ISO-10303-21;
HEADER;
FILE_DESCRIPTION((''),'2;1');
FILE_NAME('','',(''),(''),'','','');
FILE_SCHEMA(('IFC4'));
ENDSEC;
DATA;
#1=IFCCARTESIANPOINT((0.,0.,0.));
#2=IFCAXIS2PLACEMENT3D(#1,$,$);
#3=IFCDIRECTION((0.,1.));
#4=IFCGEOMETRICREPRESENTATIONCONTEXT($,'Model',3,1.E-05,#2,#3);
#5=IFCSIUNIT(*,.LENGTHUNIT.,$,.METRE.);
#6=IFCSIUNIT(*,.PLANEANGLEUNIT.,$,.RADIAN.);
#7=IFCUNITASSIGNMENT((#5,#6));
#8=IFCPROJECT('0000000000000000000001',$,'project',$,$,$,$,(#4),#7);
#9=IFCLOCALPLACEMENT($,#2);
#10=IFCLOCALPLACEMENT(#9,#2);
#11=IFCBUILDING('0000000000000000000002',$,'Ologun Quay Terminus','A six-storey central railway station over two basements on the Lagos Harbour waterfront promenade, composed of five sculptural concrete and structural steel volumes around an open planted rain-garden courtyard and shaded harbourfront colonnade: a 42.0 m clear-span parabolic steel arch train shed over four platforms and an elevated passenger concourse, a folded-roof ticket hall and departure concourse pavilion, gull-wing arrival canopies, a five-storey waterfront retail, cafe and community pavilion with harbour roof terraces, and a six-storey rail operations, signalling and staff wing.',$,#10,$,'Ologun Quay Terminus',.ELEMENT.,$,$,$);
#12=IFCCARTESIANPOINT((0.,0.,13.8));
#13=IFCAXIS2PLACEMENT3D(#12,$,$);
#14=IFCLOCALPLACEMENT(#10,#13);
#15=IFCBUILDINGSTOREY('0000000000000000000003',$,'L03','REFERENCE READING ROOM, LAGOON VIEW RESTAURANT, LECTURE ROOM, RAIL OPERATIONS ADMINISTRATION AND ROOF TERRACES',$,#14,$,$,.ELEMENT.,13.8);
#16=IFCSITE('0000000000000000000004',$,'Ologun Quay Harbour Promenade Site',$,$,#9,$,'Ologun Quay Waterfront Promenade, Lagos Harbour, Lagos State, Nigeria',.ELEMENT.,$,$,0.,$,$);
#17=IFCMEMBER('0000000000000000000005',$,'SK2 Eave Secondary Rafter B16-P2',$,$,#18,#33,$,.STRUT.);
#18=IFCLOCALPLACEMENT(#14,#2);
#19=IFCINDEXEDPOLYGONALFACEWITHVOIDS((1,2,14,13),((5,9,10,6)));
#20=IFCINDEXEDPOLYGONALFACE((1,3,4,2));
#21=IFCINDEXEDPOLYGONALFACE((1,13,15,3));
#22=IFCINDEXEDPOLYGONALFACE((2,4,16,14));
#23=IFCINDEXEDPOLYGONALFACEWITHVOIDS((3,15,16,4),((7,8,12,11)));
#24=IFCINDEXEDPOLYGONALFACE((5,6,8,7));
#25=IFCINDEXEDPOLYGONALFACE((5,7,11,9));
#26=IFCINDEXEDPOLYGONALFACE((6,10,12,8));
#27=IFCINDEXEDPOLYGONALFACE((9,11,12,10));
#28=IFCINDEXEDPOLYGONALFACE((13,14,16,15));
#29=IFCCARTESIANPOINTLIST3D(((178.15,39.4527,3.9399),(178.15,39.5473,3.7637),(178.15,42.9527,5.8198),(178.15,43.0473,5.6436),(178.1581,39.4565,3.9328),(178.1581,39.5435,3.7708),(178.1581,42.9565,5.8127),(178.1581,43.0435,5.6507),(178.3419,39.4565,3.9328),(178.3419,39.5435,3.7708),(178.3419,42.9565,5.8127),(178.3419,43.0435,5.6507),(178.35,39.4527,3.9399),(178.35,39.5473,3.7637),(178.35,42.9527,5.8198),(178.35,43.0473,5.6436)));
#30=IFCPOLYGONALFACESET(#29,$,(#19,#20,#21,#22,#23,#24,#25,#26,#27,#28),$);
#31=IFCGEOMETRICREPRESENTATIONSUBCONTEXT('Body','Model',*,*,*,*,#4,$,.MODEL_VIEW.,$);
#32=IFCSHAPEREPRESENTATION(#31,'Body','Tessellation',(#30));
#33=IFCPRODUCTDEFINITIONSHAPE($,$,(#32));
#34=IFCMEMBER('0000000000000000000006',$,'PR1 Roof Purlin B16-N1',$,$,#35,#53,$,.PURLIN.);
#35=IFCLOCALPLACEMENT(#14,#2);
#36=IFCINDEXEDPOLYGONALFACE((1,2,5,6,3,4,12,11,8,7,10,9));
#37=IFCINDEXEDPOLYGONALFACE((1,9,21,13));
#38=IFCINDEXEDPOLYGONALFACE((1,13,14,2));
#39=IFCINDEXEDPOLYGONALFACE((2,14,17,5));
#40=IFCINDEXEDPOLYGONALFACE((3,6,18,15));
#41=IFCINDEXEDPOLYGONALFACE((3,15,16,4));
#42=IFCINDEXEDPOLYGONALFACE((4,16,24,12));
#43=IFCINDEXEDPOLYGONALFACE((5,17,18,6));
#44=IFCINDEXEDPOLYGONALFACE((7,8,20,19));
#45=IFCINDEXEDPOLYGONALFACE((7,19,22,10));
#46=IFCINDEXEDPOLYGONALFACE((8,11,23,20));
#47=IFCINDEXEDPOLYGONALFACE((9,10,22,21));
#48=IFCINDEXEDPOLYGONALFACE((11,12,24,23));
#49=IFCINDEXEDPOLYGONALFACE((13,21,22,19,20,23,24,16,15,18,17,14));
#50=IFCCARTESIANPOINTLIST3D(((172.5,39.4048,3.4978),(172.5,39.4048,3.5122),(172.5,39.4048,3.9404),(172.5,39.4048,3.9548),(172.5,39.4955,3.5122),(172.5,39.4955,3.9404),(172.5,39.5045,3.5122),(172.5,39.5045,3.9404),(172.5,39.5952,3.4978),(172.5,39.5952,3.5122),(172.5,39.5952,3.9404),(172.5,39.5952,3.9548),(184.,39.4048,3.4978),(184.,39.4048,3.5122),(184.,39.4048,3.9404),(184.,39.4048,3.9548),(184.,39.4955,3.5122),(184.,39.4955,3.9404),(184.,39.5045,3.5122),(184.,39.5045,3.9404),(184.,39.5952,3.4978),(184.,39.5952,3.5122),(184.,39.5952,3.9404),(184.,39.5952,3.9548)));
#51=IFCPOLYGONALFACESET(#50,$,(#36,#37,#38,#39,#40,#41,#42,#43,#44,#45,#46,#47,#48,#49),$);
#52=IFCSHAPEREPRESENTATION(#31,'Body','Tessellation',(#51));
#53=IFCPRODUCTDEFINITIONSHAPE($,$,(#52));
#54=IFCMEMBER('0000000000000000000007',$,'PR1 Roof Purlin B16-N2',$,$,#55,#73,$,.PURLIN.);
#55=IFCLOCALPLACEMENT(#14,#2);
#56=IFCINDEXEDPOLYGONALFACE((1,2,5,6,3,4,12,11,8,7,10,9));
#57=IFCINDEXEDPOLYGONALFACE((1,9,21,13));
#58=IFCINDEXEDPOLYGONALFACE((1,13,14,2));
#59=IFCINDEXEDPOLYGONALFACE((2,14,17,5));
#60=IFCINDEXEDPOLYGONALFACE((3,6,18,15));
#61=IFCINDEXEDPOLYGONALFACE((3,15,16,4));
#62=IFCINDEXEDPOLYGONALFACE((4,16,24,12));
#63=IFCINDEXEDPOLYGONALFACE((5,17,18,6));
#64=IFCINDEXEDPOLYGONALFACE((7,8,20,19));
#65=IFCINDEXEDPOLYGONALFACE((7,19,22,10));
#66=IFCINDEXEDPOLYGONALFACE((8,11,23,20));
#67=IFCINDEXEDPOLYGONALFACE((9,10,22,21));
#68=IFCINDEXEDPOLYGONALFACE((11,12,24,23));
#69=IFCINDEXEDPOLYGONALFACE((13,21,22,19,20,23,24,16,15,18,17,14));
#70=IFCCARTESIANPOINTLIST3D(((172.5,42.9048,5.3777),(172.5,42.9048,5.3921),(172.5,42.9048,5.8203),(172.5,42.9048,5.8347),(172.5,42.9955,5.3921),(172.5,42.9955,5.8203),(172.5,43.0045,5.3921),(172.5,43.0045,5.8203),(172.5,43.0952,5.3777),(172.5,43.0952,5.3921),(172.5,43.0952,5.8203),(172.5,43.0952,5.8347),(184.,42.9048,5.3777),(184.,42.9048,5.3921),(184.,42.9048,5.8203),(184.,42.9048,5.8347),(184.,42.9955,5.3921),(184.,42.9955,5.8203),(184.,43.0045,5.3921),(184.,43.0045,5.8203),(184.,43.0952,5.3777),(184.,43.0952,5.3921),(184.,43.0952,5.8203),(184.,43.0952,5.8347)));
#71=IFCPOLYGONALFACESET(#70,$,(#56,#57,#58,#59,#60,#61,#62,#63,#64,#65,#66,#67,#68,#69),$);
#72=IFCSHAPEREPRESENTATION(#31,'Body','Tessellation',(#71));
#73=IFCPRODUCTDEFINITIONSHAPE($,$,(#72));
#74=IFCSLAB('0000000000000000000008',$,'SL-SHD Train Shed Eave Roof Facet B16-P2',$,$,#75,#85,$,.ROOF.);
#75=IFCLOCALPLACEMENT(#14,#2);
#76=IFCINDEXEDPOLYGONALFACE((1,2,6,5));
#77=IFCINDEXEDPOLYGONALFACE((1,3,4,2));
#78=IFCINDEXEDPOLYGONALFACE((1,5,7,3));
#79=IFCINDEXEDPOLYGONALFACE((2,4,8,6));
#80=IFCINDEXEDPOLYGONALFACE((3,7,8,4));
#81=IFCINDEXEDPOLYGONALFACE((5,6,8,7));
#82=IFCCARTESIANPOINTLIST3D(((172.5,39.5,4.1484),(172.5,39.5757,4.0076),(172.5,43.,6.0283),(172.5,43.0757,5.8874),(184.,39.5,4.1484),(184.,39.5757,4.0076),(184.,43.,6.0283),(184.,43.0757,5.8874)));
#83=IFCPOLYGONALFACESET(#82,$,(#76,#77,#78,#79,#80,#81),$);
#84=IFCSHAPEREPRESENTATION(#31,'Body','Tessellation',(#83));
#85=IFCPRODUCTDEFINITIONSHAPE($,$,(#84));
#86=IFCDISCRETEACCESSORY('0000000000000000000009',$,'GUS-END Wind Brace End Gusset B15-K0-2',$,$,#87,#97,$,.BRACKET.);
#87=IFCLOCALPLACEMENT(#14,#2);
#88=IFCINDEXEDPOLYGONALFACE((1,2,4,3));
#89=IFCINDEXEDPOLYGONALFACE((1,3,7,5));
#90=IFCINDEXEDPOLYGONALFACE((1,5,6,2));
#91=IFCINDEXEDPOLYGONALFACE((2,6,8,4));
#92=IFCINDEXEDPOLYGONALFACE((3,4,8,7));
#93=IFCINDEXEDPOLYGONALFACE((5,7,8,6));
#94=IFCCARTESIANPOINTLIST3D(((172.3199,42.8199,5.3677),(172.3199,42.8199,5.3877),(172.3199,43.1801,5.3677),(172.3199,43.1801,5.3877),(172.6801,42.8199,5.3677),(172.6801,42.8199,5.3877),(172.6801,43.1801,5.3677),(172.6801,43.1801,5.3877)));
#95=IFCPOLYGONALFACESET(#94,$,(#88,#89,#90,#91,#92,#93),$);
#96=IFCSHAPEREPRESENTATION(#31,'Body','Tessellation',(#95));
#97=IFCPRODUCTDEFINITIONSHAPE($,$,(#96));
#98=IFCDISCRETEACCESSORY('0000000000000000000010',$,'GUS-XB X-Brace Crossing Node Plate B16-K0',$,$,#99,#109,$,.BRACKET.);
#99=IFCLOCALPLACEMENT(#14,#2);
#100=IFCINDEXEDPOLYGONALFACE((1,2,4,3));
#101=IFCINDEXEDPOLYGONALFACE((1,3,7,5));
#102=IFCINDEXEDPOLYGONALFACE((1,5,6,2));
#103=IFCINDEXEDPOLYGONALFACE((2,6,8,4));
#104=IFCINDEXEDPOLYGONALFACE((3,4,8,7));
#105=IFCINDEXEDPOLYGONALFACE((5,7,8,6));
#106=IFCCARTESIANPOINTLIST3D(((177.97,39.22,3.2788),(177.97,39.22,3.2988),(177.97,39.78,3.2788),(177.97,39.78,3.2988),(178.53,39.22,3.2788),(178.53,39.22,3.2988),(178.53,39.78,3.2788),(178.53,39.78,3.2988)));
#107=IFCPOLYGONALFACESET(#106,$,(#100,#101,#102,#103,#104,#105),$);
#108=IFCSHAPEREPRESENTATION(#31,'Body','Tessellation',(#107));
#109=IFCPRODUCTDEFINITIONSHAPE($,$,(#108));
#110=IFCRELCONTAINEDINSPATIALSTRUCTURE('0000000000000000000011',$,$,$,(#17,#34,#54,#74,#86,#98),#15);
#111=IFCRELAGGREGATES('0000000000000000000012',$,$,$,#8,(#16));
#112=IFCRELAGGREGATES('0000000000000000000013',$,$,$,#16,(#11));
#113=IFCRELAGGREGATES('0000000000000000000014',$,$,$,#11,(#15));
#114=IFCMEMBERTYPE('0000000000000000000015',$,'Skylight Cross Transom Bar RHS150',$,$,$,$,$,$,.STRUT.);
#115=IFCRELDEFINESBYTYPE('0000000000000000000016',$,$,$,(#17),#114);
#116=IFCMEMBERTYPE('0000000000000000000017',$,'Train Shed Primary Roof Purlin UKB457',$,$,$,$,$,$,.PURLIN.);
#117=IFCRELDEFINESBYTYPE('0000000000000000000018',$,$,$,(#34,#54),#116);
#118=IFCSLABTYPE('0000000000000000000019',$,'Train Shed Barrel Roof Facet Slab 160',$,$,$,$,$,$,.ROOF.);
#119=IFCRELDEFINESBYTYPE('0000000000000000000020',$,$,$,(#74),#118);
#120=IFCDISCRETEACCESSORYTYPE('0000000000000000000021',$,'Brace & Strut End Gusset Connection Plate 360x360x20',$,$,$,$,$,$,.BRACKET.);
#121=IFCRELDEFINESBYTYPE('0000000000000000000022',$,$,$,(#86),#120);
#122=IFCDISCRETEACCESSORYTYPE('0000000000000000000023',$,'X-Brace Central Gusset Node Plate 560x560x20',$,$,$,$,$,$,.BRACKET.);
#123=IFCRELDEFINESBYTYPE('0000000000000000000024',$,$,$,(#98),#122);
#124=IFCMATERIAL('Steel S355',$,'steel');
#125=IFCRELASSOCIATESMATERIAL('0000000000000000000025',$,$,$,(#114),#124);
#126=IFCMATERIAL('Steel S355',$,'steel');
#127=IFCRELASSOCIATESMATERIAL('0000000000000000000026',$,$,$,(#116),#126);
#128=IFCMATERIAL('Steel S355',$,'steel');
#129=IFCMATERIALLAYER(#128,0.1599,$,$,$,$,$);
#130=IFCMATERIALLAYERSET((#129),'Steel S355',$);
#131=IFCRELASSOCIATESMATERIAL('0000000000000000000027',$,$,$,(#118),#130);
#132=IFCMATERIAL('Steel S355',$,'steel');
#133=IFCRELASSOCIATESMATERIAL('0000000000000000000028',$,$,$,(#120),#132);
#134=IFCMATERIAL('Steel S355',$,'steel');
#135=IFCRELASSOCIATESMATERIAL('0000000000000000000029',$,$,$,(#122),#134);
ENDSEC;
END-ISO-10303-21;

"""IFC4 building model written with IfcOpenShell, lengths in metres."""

from ifc_helpers import new_model, si_unit, direction, frame, origin, origin_2d, place, context, subcontext, project, spatial, polyline, rectangle, hollow_rectangle, i_section, outline, extrude, material, layer, layer_set, material_profile, profile_set, type_object, element, save


model = new_model("IFC4")

# Units and contexts
model_context = context("Model", 3, precision=1e-05, world=origin(), true_north=direction((0.0, 1.0)))
body_context = subcontext(model_context, "Body", "Model", "MODEL_VIEW")
ifc_project = project(units=[si_unit("LENGTHUNIT", "METRE"), si_unit("PLANEANGLEUNIT", "RADIAN")], contexts=[model_context])

# Site, building, storey
site_placement = place(None, origin())
site = spatial("IfcSite", under=ifc_project, at=site_placement, Name="Ologun Quay Harbour Promenade Site", LongName="Ologun Quay Waterfront Promenade, Lagos Harbour, Lagos State, Nigeria", CompositionType="ELEMENT", RefElevation=0.0)
building_placement = place(site_placement, origin())
building = spatial("IfcBuilding", under=site, at=building_placement, Name="Ologun Quay Terminus", Description="A six-storey central railway station over two basements on the Lagos Harbour waterfront promenade, composed of five sculptural concrete and structural steel volumes around an open planted rain-garden courtyard and shaded harbourfront colonnade: a 42.0 m clear-span parabolic steel arch train shed over four platforms and an elevated passenger concourse, a folded-roof ticket hall and departure concourse pavilion, gull-wing arrival canopies, a five-storey waterfront retail, cafe and community pavilion with harbour roof terraces, and a six-storey rail operations, signalling and staff wing.", LongName="Ologun Quay Terminus", CompositionType="ELEMENT")
storey_placement = place(building_placement, frame((0.0, 0.0, 13.8)))
storey = spatial("IfcBuildingStorey", under=building, at=storey_placement, Name="L03", Description="REFERENCE READING ROOM, LAGOON VIEW RESTAURANT, LECTURE ROOM, RAIL OPERATIONS ADMINISTRATION AND ROOF TERRACES", CompositionType="ELEMENT", Elevation=13.8)

# Members
ifc_material_1 = material(Name="Steel S355", Category="steel")
ifc_material_profile_1 = material_profile(ifc_material_1, hollow_rectangle(XDim=0.2, YDim=0.2, WallThickness=0.0081, at=origin_2d()), Name="SHS 200x200x8")
ifc_profile_set_1 = profile_set([ifc_material_profile_1], Name="Steel S355")
member_type_1 = type_object("IfcMemberType", Name="Skylight Cross Transom Bar RHS150", PredefinedType="STRUT", material=ifc_profile_set_1)
member_1_placement = place(storey_placement, frame((178.25, 39.5, 3.8518), z_axis=(0.0, 0.880968, 0.473176), x_axis=(-1.0, 0.0, 0.0)))
element("IfcMember", 1, at=member_1_placement, inside=storey, type_object=member_type_1, Name="SK2 Eave Secondary Rafter B16-P2", PredefinedType="STRUT", context=body_context, shape_type="SweptSolid", body=[
    extrude(hollow_rectangle(XDim=0.2, YDim=0.2, WallThickness=0.0081, at=origin_2d()), origin(), (0.0, 0.0, 1.0), 3.9729),
])
ifc_material_2 = material(Name="Steel S355", Category="steel")
ifc_material_profile_2 = material_profile(ifc_material_2, i_section(OverallWidth=0.1904, OverallDepth=0.457, WebThickness=0.009, FlangeThickness=0.0144, at=origin_2d()), Name="UKB 457x191x74")
ifc_profile_set_2 = profile_set([ifc_material_profile_2], Name="Steel S355")
member_type_2 = type_object("IfcMemberType", Name="Train Shed Primary Roof Purlin UKB457", PredefinedType="PURLIN", material=ifc_profile_set_2)
for number, where, z_axis, x_axis, name in (
    (2, (172.5, 39.5, 3.7263), (1.0, 0.0, 0.0), (0.0, 1.0, 0.0), "PR1 Roof Purlin B16-N1"),
    (3, (172.5, 43.0, 5.6062), (1.0, 0.0, 0.0), (0.0, 1.0, 0.0), "PR1 Roof Purlin B16-N2"),
):
    element("IfcMember", number, at=place(storey_placement, frame(where, z_axis=z_axis, x_axis=x_axis)), inside=storey, type_object=member_type_2, Name=name, PredefinedType="PURLIN", context=body_context, shape_type="SweptSolid", body=[
        extrude(i_section(OverallWidth=0.1904, OverallDepth=0.457, WebThickness=0.009, FlangeThickness=0.0144, at=origin_2d()), origin(), (0.0, 0.0, 1.0), 11.5),
    ])

# Slab
ifc_material_3 = material(Name="Steel S355", Category="steel")
ifc_layer = layer(ifc_material_3, 0.1599)
ifc_layer_set = layer_set([ifc_layer], Name="Steel S355")
slab_type = type_object("IfcSlabType", Name="Train Shed Barrel Roof Facet Slab 160", PredefinedType="ROOF", material=ifc_layer_set)
slab_placement = place(storey_placement, frame((172.5, 39.5, 4.1484), z_axis=(0.0, -0.473176, 0.880968), x_axis=(1.0, 0.0, 0.0)))
element("IfcSlab", 4, at=slab_placement, inside=storey, type_object=slab_type, Name="SL-SHD Train Shed Eave Roof Facet B16-P2", PredefinedType="ROOF", context=body_context, shape_type="SweptSolid", body=[
    extrude(outline(polyline([(0.0, 0.0), (11.5, 0.0), (11.5, 3.9729), (0.0, 3.9729), (0.0, 0.0)])), origin(), (0.0, 0.0, -1.0), 0.1599),
])

# Discrete accessories
ifc_material_4 = material(Name="Steel S355", Category="steel")
discrete_accessory_type_1 = type_object("IfcDiscreteAccessoryType", Name="Brace & Strut End Gusset Connection Plate 360x360x20", PredefinedType="BRACKET", material=ifc_material_4)
discrete_accessory_1_placement = place(storey_placement, frame((172.5, 43.0, 5.3677), z_axis=(0.0, 0.0, 1.0), x_axis=(1.0, 0.0, 0.0)))
element("IfcDiscreteAccessory", 5, at=discrete_accessory_1_placement, inside=storey, type_object=discrete_accessory_type_1, Name="GUS-END Wind Brace End Gusset B15-K0-2", PredefinedType="BRACKET", context=body_context, shape_type="SweptSolid", body=[
    extrude(rectangle(XDim=0.3601, YDim=0.3601, at=origin_2d()), origin(), (0.0, 0.0, 1.0), 0.02),
])
ifc_material_5 = material(Name="Steel S355", Category="steel")
discrete_accessory_type_2 = type_object("IfcDiscreteAccessoryType", Name="X-Brace Central Gusset Node Plate 560x560x20", PredefinedType="BRACKET", material=ifc_material_5)
discrete_accessory_2_placement = place(storey_placement, frame((178.25, 39.5, 3.2788), z_axis=(0.0, 0.0, 1.0), x_axis=(1.0, 0.0, 0.0)))
element("IfcDiscreteAccessory", 6, at=discrete_accessory_2_placement, inside=storey, type_object=discrete_accessory_type_2, Name="GUS-XB X-Brace Crossing Node Plate B16-K0", PredefinedType="BRACKET", context=body_context, shape_type="SweptSolid", body=[
    extrude(rectangle(XDim=0.5601, YDim=0.5601, at=origin_2d()), origin(), (0.0, 0.0, 1.0), 0.02),
])

save(model, "model.ifc")
